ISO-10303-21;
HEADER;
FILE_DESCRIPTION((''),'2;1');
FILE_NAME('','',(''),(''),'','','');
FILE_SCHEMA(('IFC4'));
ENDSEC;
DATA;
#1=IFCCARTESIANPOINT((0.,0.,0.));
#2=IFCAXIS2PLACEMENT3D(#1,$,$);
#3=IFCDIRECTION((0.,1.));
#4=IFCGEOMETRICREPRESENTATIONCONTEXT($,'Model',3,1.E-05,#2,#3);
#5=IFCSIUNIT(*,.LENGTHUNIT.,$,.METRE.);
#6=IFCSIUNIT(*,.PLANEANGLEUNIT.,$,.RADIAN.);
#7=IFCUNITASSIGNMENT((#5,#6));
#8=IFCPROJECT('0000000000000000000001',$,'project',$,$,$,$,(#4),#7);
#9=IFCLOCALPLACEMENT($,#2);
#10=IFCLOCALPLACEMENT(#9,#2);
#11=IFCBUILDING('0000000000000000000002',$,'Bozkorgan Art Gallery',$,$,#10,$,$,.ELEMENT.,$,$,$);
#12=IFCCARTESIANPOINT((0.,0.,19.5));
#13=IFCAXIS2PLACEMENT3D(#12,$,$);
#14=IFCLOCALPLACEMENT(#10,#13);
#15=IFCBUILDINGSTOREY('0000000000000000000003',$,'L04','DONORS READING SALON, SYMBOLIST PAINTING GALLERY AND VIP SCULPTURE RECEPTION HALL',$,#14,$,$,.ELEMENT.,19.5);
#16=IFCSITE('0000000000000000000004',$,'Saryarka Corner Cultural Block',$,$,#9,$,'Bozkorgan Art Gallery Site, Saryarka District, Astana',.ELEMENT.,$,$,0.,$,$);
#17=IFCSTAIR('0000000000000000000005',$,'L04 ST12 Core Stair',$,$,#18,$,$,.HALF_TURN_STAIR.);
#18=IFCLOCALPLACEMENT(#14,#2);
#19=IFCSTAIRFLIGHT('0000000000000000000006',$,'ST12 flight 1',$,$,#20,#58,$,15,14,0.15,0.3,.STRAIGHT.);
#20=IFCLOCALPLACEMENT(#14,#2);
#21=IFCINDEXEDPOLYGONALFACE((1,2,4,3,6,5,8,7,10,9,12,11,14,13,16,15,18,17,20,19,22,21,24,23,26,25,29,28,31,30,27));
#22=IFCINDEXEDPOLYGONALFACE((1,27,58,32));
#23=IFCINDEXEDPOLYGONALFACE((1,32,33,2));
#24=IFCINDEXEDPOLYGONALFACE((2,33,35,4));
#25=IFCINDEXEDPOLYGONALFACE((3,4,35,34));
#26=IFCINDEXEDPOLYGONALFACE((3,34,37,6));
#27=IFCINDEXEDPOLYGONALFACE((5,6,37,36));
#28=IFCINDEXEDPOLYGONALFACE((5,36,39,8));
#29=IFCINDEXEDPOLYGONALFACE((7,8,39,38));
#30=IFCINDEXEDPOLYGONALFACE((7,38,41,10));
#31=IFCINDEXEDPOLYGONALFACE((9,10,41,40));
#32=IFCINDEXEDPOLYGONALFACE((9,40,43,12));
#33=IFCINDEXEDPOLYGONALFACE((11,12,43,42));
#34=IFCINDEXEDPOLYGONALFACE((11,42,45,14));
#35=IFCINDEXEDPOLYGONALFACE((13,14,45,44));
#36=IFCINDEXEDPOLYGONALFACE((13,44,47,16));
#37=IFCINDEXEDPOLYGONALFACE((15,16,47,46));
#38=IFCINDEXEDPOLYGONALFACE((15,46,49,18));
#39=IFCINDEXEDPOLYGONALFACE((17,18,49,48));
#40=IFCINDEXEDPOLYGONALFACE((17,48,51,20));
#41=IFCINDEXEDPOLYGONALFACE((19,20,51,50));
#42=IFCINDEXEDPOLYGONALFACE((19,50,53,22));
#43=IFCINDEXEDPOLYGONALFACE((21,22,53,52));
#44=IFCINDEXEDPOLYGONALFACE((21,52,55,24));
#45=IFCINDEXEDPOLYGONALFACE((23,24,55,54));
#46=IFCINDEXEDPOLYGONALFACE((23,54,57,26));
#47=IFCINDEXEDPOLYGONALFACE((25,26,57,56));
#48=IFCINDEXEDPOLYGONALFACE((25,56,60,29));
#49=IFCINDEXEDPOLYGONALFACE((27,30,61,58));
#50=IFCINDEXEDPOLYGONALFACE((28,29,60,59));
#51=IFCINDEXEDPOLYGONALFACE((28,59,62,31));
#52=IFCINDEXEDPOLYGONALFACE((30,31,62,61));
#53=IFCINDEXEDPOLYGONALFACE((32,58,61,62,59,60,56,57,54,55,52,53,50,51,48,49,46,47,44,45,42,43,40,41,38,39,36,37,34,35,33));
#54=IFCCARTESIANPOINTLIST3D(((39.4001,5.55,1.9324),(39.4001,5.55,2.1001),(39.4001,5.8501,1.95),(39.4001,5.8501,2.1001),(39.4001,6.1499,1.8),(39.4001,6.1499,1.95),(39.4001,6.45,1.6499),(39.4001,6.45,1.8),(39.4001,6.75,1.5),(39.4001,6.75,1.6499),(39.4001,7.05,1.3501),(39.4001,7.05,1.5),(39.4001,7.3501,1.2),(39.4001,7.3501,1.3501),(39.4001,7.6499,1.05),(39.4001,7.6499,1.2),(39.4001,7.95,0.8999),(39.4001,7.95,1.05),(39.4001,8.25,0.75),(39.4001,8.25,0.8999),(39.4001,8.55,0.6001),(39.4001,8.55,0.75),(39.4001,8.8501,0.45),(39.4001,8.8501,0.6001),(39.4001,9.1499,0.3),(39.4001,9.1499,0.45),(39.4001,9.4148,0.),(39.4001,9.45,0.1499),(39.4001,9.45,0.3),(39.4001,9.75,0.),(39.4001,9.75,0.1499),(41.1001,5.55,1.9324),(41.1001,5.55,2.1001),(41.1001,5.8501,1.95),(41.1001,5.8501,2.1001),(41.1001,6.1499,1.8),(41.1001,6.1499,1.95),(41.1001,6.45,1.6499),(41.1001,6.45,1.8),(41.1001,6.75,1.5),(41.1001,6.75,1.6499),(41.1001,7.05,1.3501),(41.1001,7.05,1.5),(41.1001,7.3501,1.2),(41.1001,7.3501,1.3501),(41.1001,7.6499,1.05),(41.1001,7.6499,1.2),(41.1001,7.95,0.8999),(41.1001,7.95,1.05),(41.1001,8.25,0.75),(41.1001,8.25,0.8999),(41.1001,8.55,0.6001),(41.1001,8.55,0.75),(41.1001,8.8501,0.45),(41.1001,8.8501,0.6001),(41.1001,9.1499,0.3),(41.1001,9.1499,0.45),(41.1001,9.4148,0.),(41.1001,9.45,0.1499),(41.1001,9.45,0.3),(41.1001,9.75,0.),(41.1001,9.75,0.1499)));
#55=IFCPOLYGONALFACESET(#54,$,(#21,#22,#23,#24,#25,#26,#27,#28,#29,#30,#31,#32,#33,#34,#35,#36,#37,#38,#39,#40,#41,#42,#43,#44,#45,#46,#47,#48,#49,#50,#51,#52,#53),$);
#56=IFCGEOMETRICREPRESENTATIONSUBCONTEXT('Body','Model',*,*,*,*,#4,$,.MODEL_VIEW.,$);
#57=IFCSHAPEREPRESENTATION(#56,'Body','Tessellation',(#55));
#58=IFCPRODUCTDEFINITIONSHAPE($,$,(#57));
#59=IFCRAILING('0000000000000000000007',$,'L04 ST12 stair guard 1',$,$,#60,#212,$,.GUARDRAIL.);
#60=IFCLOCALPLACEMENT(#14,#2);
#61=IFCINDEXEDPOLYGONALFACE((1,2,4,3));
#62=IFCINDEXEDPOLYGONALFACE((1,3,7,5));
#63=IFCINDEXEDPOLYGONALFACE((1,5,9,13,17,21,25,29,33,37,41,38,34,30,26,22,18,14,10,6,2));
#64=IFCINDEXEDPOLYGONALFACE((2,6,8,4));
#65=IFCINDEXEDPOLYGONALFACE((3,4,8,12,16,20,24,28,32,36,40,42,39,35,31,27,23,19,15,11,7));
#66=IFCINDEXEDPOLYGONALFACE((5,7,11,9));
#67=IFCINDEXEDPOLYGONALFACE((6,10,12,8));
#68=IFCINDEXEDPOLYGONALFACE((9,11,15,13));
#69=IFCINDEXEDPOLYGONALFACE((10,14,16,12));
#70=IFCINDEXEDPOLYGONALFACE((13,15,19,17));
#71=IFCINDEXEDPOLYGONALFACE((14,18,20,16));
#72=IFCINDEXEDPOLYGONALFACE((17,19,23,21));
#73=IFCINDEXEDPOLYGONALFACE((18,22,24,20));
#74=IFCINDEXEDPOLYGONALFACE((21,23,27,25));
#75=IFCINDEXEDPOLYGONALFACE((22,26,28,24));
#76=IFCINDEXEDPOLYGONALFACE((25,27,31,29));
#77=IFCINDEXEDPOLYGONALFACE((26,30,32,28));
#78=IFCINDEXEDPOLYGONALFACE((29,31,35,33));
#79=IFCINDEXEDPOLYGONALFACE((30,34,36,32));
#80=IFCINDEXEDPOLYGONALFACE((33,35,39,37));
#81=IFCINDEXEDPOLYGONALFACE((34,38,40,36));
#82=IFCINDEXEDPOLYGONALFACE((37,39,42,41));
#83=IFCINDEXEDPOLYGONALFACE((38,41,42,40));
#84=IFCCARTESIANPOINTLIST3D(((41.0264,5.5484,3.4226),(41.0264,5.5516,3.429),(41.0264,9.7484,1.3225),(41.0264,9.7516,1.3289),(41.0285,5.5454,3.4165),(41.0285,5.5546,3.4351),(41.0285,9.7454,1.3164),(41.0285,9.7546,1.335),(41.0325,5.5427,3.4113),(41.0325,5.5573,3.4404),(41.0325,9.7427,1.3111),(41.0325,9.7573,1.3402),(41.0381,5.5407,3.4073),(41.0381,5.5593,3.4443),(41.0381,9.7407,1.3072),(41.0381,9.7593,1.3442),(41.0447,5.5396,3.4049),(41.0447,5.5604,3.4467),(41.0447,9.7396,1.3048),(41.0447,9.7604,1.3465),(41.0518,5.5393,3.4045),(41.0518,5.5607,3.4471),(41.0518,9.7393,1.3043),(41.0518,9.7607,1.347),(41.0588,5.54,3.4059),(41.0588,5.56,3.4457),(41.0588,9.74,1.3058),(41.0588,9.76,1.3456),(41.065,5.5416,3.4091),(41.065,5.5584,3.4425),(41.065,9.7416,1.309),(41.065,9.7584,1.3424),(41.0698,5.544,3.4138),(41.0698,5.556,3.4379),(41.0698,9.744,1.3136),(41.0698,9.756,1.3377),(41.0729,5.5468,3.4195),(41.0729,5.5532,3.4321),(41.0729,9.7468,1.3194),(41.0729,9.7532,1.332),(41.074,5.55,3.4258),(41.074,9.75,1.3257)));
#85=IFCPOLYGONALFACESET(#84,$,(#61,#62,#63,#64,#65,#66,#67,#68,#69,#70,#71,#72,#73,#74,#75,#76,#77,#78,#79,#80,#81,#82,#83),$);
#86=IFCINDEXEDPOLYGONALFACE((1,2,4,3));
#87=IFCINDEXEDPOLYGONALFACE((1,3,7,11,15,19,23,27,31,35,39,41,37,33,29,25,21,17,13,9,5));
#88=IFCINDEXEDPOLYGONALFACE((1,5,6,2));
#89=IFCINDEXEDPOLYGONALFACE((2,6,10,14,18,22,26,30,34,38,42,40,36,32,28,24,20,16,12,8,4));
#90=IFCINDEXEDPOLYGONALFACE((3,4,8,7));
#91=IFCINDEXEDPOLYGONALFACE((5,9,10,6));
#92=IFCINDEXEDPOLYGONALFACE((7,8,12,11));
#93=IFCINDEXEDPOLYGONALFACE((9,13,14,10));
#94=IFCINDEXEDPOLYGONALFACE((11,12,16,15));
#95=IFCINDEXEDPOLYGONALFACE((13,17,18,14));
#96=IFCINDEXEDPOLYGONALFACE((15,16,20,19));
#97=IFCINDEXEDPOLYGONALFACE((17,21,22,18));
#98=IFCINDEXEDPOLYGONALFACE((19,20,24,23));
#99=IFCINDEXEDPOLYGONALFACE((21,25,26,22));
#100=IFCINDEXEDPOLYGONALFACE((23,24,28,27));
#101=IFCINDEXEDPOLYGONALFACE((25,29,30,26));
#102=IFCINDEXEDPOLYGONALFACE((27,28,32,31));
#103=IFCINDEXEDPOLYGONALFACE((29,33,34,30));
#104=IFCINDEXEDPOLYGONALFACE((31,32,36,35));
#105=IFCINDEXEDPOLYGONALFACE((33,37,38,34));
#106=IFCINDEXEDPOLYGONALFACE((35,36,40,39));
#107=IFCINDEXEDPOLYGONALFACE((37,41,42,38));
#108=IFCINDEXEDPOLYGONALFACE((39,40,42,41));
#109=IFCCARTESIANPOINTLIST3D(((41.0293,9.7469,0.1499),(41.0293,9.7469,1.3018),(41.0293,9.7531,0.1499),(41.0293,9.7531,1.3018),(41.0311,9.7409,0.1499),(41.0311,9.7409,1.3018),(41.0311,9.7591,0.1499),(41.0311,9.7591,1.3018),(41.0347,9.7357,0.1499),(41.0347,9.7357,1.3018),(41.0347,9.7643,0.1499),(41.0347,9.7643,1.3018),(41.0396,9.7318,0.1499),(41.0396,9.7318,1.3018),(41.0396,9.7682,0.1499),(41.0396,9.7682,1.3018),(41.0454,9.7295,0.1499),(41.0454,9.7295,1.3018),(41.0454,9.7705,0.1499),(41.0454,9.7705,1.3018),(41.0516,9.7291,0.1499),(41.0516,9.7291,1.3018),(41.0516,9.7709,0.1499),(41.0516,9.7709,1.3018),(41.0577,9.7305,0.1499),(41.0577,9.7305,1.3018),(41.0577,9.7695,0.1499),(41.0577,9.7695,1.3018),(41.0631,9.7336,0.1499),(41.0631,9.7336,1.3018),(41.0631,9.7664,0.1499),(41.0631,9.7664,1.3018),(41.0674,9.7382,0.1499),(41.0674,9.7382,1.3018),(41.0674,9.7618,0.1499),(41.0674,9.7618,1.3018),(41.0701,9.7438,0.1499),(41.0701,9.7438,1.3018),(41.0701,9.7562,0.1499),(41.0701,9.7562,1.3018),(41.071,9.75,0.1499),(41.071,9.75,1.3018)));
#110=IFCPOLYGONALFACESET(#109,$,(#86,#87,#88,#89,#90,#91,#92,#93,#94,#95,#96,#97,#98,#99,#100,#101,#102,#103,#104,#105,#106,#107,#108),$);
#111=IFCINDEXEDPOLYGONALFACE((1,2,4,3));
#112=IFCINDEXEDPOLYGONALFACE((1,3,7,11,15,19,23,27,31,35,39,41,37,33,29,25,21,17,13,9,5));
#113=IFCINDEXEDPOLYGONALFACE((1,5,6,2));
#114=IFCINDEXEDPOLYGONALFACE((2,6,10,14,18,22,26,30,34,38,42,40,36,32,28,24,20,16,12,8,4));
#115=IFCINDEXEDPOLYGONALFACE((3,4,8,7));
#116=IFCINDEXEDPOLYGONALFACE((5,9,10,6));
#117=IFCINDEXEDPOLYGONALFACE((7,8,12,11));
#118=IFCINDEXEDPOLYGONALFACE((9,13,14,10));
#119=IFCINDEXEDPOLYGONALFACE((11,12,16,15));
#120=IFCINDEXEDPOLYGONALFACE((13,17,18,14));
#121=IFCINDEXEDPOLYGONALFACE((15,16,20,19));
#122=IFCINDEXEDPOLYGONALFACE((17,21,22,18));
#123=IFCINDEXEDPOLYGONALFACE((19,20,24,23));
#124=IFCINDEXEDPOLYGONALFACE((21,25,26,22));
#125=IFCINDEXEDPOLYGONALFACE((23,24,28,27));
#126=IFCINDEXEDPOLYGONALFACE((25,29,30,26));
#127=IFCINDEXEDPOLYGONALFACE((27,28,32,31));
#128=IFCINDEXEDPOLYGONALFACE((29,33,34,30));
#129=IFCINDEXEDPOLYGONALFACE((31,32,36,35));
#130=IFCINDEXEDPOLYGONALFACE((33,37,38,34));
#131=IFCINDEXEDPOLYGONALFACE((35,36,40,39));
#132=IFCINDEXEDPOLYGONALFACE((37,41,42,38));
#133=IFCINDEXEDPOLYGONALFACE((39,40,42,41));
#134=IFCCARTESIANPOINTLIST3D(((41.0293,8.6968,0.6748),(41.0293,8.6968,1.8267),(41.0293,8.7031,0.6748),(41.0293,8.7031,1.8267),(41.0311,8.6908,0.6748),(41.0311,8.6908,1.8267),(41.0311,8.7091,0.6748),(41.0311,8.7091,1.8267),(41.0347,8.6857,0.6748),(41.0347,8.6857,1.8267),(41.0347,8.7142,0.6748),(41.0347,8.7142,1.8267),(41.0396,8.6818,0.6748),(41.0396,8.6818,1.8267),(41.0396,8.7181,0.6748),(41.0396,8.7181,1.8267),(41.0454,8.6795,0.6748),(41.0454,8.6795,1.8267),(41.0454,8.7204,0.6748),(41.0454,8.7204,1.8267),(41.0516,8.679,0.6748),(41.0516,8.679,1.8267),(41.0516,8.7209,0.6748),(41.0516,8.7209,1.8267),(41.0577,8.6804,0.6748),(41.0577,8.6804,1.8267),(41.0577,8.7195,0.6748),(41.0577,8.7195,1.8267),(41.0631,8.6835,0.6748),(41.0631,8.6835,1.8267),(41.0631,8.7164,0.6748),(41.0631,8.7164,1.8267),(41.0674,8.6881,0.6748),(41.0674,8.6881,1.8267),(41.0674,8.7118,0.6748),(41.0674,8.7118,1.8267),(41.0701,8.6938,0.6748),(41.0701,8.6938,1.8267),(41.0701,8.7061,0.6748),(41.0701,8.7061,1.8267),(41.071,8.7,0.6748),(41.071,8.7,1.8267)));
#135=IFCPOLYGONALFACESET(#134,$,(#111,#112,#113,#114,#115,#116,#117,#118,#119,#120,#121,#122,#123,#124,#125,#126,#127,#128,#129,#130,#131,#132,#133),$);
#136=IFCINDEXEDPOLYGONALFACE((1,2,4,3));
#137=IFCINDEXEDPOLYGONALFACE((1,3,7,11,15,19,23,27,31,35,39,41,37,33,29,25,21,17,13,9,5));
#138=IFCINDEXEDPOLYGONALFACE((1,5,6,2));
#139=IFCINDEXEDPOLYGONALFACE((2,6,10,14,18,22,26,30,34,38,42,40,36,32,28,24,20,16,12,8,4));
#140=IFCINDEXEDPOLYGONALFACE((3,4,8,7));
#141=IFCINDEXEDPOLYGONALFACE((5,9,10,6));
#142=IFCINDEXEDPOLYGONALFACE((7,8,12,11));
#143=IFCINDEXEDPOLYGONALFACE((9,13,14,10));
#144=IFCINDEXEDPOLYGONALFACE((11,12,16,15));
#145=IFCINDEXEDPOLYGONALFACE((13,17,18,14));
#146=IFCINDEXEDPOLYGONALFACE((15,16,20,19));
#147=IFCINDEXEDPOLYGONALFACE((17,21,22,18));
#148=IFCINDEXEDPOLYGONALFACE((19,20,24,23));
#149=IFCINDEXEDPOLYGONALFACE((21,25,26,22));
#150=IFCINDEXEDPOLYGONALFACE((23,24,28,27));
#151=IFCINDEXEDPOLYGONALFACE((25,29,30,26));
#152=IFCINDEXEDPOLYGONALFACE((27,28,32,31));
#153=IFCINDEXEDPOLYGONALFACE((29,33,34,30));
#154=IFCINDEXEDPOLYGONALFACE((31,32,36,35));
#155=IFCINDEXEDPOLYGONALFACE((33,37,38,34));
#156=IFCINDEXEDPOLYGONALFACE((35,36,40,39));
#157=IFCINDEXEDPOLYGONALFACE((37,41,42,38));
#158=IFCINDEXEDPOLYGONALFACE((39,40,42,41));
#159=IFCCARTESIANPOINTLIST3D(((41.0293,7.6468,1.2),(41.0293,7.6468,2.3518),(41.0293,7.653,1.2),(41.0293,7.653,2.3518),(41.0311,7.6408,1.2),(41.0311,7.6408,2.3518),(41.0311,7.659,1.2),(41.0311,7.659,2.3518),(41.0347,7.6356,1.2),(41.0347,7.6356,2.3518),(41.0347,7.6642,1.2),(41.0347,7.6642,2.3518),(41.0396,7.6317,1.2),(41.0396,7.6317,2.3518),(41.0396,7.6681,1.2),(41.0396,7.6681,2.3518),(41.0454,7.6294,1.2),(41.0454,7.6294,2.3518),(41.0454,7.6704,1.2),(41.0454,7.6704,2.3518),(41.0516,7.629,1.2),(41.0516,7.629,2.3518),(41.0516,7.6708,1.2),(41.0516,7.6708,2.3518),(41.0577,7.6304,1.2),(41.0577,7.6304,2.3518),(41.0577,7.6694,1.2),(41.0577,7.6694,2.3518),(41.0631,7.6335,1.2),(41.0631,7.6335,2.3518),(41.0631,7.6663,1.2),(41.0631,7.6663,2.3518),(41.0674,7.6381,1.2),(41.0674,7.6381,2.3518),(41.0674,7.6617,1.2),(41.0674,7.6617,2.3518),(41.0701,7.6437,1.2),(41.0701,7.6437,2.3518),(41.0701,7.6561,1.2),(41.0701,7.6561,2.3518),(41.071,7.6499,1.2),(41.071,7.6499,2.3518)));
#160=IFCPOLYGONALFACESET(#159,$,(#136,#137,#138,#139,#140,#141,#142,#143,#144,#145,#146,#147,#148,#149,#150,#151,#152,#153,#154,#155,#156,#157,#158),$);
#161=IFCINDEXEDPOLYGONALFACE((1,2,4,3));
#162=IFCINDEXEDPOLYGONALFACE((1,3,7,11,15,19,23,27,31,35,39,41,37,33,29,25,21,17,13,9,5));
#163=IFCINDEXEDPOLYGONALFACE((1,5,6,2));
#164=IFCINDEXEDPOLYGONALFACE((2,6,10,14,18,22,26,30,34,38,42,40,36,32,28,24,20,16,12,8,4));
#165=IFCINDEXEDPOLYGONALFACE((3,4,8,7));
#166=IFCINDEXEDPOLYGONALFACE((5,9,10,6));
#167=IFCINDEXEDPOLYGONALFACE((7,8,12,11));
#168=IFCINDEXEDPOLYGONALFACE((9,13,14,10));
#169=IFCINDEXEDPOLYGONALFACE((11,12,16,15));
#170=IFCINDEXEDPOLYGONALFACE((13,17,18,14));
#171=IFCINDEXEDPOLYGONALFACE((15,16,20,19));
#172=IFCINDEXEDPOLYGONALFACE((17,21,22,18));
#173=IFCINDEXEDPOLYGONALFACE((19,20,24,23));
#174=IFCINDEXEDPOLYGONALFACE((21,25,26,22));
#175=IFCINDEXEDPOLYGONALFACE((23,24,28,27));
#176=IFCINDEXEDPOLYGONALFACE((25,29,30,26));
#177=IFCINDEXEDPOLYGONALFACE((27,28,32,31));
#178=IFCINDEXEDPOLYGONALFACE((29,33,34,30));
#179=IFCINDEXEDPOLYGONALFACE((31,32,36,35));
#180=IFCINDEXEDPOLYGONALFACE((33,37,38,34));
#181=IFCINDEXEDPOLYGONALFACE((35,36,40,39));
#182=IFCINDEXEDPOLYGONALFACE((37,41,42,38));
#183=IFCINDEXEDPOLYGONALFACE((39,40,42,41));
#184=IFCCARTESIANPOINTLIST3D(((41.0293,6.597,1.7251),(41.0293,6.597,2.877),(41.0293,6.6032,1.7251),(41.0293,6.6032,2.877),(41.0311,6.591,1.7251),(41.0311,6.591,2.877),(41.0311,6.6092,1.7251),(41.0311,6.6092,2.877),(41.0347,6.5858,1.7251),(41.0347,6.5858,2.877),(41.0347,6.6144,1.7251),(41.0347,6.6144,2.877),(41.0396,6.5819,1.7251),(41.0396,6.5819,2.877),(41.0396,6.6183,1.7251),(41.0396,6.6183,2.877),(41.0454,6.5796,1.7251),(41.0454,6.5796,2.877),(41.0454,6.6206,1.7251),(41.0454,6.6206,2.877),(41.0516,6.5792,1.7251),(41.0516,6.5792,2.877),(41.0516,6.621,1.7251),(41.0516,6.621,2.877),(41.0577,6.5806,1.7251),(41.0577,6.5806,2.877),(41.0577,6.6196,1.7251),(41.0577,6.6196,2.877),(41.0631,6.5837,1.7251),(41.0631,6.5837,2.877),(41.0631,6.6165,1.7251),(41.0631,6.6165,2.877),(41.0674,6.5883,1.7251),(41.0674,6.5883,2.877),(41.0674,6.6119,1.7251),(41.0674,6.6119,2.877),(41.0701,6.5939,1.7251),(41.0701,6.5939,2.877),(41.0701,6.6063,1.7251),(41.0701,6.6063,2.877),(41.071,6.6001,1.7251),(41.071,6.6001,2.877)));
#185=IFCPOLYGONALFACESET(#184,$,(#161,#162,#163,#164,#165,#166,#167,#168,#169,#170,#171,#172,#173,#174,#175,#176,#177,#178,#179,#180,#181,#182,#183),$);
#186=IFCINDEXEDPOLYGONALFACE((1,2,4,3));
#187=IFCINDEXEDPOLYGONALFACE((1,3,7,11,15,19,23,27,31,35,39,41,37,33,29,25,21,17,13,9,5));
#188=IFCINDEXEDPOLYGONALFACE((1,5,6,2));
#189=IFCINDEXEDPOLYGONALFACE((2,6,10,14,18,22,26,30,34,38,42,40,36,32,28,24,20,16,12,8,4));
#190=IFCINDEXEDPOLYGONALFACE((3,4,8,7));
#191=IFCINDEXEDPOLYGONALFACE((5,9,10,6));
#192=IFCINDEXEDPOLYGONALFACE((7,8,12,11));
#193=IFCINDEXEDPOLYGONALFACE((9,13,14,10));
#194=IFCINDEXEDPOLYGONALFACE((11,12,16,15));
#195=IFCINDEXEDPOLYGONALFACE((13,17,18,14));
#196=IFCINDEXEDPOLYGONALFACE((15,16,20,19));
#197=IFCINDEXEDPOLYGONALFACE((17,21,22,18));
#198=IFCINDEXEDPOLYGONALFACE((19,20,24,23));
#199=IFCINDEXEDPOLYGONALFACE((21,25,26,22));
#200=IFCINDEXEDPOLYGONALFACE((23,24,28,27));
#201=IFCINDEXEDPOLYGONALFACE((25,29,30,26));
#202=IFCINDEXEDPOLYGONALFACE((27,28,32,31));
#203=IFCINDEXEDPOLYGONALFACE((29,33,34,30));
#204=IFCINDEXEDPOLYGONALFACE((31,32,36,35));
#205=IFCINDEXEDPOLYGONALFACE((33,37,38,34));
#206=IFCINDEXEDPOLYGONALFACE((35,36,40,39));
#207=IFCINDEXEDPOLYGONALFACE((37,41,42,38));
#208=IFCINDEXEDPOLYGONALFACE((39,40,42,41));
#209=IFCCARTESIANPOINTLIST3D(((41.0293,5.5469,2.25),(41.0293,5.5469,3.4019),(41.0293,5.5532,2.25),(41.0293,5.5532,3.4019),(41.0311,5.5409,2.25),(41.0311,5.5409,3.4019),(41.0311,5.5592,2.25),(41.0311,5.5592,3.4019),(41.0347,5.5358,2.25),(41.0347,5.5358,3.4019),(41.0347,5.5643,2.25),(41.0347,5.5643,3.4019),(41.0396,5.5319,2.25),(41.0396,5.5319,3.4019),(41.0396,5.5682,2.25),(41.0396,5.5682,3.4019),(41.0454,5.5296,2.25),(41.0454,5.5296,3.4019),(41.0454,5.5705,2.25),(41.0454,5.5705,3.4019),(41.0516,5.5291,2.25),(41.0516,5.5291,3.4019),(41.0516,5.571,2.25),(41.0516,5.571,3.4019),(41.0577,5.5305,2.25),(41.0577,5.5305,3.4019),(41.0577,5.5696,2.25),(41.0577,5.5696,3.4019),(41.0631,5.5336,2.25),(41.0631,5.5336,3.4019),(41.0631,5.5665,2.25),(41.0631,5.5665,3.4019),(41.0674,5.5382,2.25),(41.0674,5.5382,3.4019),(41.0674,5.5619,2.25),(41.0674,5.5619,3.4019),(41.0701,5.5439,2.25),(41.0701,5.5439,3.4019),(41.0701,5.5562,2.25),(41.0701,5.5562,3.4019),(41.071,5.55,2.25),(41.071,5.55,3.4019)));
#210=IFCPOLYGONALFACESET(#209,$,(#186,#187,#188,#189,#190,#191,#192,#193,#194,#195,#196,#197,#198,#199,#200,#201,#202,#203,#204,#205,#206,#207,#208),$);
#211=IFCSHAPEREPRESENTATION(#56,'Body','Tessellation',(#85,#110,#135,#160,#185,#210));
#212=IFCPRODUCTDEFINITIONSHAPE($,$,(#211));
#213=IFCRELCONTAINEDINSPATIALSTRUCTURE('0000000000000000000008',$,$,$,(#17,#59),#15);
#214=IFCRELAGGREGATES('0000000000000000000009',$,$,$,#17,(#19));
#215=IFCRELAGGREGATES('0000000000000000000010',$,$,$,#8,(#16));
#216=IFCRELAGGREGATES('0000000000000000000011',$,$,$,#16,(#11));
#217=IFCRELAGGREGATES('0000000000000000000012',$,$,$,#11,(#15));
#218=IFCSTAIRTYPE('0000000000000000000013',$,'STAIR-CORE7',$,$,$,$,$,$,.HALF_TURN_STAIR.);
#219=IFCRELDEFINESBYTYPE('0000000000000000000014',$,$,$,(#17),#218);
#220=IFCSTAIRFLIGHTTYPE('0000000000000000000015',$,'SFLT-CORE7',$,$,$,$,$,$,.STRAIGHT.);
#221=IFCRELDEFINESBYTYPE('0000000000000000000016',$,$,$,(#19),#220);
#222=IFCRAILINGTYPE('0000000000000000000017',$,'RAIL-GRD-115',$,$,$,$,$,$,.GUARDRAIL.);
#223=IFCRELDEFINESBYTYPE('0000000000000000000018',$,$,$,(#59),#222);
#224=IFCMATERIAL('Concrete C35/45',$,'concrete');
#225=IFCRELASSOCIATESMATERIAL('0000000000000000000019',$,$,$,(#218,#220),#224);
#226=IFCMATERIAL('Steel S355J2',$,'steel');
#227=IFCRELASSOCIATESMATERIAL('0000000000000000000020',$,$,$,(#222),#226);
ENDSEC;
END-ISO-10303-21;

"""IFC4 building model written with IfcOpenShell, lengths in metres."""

from ifc_helpers import new_model, si_unit, direction, frame, origin, origin_2d, place, context, subcontext, project, spatial, polyline, circle, outline, extrude, material, type_object, element, aggregate, save


model = new_model("IFC4")

# Units and contexts
model_context = context("Model", 3, precision=1e-05, world=origin(), true_north=direction((0.0, 1.0)))
body_context = subcontext(model_context, "Body", "Model", "MODEL_VIEW")
ifc_project = project(units=[si_unit("LENGTHUNIT", "METRE"), si_unit("PLANEANGLEUNIT", "RADIAN")], contexts=[model_context])

# Site, building, storey
site_placement = place(None, origin())
site = spatial("IfcSite", under=ifc_project, at=site_placement, Name="Saryarka Corner Cultural Block", LongName="Bozkorgan Art Gallery Site, Saryarka District, Astana", CompositionType="ELEMENT", RefElevation=0.0)
building_placement = place(site_placement, origin())
building = spatial("IfcBuilding", under=site, at=building_placement, Name="Bozkorgan Art Gallery", CompositionType="ELEMENT")
storey_placement = place(building_placement, frame((0.0, 0.0, 19.5)))
storey = spatial("IfcBuildingStorey", under=building, at=storey_placement, Name="L04", Description="DONORS READING SALON, SYMBOLIST PAINTING GALLERY AND VIP SCULPTURE RECEPTION HALL", CompositionType="ELEMENT", Elevation=19.5)

# Shared definitions
ifc_material_1 = material(Name="Steel S355J2", Category="steel")

# Stair, stair flight
ifc_material_2 = material(Name="Concrete C35/45", Category="concrete")
stair_type = type_object("IfcStairType", Name="STAIR-CORE7", PredefinedType="HALF_TURN_STAIR", material=ifc_material_2)
stair_placement = place(storey_placement, origin())
stair = element("IfcStair", 1, at=stair_placement, inside=storey, type_object=stair_type, Name="L04 ST12 Core Stair", PredefinedType="HALF_TURN_STAIR")
stair_flight_type = type_object("IfcStairFlightType", Name="SFLT-CORE7", PredefinedType="STRAIGHT", material=ifc_material_2)
stair_flight_placement = place(storey_placement, frame((40.25, 9.75, 0.0), z_axis=(0.0, 0.0, 1.0), x_axis=(0.0, -1.0, 0.0)))
stair_flight = element("IfcStairFlight", 2, at=stair_flight_placement, type_object=stair_flight_type, Name="ST12 flight 1", NumberOfRisers=15, NumberOfTreads=14, PredefinedType="STRAIGHT", RiserHeight=0.15, TreadLength=0.3, context=body_context, shape_type="SweptSolid", body=[
    extrude(outline(polyline([(0.0, 0.0), (0.0, 0.1499), (0.3, 0.1499), (0.3, 0.3), (0.6001, 0.3), (0.6001, 0.45), (0.8999, 0.45), (0.8999, 0.6001), (1.2, 0.6001), (1.2, 0.75), (1.5, 0.75), (1.5, 0.8999), (1.8, 0.8999), (1.8, 1.05), (2.1001, 1.05), (2.1001, 1.2), (2.3999, 1.2), (2.3999, 1.3501), (2.7, 1.3501), (2.7, 1.5), (3.0, 1.5), (3.0, 1.6499), (3.3, 1.6499), (3.3, 1.8), (3.6001, 1.8), (3.6001, 1.95), (3.8999, 1.95), (3.8999, 2.1001), (4.2, 2.1001), (4.2, 2.25), (4.2, 1.9324), (0.3352, 0.0), (0.0, 0.0)])), frame((0.0, 0.8501, 0.0), z_axis=(0.0, -1.0, 0.0), x_axis=(1.0, 0.0, 0.0)), (0.0, 0.0, 1.0), 1.7),
])
aggregate(stair, [stair_flight])

# Railing
railing_type_1 = type_object("IfcRailingType", Name="RAIL-GRD-115", PredefinedType="GUARDRAIL", material=ifc_material_1)
railing_1_placement = place(storey_placement, frame((41.05, 9.75, 0.1499)))
element("IfcRailing", 3, at=railing_1_placement, inside=storey, type_object=railing_type_1, Name="L04 ST12 stair guard 1", PredefinedType="GUARDRAIL", context=body_context, shape_type="SweptSolid", body=[
    extrude(circle(Radius=0.0239, at=origin_2d()), frame((0.0, 0.0, 1.1758), z_axis=(0.0, -0.894417, 0.447234), x_axis=(1.0, 0.0, 0.0)), (0.0, 0.0, 1.0), 4.6958),
    extrude(circle(Radius=0.021, at=origin_2d()), origin(), (0.0, 0.0, 1.0), 1.1519),
    extrude(circle(Radius=0.021, at=origin_2d()), frame((0.0, -1.05, 0.5249)), (0.0, 0.0, 1.0), 1.1519),
    extrude(circle(Radius=0.021, at=origin_2d()), frame((0.0, -2.1001, 1.05)), (0.0, 0.0, 1.0), 1.1519),
    extrude(circle(Radius=0.021, at=origin_2d()), frame((0.0, -3.1499, 1.5752)), (0.0, 0.0, 1.0), 1.1519),
    extrude(circle(Radius=0.021, at=origin_2d()), frame((0.0, -4.2, 2.1001)), (0.0, 0.0, 1.0), 1.1519),
])

save(model, "model.ifc")
